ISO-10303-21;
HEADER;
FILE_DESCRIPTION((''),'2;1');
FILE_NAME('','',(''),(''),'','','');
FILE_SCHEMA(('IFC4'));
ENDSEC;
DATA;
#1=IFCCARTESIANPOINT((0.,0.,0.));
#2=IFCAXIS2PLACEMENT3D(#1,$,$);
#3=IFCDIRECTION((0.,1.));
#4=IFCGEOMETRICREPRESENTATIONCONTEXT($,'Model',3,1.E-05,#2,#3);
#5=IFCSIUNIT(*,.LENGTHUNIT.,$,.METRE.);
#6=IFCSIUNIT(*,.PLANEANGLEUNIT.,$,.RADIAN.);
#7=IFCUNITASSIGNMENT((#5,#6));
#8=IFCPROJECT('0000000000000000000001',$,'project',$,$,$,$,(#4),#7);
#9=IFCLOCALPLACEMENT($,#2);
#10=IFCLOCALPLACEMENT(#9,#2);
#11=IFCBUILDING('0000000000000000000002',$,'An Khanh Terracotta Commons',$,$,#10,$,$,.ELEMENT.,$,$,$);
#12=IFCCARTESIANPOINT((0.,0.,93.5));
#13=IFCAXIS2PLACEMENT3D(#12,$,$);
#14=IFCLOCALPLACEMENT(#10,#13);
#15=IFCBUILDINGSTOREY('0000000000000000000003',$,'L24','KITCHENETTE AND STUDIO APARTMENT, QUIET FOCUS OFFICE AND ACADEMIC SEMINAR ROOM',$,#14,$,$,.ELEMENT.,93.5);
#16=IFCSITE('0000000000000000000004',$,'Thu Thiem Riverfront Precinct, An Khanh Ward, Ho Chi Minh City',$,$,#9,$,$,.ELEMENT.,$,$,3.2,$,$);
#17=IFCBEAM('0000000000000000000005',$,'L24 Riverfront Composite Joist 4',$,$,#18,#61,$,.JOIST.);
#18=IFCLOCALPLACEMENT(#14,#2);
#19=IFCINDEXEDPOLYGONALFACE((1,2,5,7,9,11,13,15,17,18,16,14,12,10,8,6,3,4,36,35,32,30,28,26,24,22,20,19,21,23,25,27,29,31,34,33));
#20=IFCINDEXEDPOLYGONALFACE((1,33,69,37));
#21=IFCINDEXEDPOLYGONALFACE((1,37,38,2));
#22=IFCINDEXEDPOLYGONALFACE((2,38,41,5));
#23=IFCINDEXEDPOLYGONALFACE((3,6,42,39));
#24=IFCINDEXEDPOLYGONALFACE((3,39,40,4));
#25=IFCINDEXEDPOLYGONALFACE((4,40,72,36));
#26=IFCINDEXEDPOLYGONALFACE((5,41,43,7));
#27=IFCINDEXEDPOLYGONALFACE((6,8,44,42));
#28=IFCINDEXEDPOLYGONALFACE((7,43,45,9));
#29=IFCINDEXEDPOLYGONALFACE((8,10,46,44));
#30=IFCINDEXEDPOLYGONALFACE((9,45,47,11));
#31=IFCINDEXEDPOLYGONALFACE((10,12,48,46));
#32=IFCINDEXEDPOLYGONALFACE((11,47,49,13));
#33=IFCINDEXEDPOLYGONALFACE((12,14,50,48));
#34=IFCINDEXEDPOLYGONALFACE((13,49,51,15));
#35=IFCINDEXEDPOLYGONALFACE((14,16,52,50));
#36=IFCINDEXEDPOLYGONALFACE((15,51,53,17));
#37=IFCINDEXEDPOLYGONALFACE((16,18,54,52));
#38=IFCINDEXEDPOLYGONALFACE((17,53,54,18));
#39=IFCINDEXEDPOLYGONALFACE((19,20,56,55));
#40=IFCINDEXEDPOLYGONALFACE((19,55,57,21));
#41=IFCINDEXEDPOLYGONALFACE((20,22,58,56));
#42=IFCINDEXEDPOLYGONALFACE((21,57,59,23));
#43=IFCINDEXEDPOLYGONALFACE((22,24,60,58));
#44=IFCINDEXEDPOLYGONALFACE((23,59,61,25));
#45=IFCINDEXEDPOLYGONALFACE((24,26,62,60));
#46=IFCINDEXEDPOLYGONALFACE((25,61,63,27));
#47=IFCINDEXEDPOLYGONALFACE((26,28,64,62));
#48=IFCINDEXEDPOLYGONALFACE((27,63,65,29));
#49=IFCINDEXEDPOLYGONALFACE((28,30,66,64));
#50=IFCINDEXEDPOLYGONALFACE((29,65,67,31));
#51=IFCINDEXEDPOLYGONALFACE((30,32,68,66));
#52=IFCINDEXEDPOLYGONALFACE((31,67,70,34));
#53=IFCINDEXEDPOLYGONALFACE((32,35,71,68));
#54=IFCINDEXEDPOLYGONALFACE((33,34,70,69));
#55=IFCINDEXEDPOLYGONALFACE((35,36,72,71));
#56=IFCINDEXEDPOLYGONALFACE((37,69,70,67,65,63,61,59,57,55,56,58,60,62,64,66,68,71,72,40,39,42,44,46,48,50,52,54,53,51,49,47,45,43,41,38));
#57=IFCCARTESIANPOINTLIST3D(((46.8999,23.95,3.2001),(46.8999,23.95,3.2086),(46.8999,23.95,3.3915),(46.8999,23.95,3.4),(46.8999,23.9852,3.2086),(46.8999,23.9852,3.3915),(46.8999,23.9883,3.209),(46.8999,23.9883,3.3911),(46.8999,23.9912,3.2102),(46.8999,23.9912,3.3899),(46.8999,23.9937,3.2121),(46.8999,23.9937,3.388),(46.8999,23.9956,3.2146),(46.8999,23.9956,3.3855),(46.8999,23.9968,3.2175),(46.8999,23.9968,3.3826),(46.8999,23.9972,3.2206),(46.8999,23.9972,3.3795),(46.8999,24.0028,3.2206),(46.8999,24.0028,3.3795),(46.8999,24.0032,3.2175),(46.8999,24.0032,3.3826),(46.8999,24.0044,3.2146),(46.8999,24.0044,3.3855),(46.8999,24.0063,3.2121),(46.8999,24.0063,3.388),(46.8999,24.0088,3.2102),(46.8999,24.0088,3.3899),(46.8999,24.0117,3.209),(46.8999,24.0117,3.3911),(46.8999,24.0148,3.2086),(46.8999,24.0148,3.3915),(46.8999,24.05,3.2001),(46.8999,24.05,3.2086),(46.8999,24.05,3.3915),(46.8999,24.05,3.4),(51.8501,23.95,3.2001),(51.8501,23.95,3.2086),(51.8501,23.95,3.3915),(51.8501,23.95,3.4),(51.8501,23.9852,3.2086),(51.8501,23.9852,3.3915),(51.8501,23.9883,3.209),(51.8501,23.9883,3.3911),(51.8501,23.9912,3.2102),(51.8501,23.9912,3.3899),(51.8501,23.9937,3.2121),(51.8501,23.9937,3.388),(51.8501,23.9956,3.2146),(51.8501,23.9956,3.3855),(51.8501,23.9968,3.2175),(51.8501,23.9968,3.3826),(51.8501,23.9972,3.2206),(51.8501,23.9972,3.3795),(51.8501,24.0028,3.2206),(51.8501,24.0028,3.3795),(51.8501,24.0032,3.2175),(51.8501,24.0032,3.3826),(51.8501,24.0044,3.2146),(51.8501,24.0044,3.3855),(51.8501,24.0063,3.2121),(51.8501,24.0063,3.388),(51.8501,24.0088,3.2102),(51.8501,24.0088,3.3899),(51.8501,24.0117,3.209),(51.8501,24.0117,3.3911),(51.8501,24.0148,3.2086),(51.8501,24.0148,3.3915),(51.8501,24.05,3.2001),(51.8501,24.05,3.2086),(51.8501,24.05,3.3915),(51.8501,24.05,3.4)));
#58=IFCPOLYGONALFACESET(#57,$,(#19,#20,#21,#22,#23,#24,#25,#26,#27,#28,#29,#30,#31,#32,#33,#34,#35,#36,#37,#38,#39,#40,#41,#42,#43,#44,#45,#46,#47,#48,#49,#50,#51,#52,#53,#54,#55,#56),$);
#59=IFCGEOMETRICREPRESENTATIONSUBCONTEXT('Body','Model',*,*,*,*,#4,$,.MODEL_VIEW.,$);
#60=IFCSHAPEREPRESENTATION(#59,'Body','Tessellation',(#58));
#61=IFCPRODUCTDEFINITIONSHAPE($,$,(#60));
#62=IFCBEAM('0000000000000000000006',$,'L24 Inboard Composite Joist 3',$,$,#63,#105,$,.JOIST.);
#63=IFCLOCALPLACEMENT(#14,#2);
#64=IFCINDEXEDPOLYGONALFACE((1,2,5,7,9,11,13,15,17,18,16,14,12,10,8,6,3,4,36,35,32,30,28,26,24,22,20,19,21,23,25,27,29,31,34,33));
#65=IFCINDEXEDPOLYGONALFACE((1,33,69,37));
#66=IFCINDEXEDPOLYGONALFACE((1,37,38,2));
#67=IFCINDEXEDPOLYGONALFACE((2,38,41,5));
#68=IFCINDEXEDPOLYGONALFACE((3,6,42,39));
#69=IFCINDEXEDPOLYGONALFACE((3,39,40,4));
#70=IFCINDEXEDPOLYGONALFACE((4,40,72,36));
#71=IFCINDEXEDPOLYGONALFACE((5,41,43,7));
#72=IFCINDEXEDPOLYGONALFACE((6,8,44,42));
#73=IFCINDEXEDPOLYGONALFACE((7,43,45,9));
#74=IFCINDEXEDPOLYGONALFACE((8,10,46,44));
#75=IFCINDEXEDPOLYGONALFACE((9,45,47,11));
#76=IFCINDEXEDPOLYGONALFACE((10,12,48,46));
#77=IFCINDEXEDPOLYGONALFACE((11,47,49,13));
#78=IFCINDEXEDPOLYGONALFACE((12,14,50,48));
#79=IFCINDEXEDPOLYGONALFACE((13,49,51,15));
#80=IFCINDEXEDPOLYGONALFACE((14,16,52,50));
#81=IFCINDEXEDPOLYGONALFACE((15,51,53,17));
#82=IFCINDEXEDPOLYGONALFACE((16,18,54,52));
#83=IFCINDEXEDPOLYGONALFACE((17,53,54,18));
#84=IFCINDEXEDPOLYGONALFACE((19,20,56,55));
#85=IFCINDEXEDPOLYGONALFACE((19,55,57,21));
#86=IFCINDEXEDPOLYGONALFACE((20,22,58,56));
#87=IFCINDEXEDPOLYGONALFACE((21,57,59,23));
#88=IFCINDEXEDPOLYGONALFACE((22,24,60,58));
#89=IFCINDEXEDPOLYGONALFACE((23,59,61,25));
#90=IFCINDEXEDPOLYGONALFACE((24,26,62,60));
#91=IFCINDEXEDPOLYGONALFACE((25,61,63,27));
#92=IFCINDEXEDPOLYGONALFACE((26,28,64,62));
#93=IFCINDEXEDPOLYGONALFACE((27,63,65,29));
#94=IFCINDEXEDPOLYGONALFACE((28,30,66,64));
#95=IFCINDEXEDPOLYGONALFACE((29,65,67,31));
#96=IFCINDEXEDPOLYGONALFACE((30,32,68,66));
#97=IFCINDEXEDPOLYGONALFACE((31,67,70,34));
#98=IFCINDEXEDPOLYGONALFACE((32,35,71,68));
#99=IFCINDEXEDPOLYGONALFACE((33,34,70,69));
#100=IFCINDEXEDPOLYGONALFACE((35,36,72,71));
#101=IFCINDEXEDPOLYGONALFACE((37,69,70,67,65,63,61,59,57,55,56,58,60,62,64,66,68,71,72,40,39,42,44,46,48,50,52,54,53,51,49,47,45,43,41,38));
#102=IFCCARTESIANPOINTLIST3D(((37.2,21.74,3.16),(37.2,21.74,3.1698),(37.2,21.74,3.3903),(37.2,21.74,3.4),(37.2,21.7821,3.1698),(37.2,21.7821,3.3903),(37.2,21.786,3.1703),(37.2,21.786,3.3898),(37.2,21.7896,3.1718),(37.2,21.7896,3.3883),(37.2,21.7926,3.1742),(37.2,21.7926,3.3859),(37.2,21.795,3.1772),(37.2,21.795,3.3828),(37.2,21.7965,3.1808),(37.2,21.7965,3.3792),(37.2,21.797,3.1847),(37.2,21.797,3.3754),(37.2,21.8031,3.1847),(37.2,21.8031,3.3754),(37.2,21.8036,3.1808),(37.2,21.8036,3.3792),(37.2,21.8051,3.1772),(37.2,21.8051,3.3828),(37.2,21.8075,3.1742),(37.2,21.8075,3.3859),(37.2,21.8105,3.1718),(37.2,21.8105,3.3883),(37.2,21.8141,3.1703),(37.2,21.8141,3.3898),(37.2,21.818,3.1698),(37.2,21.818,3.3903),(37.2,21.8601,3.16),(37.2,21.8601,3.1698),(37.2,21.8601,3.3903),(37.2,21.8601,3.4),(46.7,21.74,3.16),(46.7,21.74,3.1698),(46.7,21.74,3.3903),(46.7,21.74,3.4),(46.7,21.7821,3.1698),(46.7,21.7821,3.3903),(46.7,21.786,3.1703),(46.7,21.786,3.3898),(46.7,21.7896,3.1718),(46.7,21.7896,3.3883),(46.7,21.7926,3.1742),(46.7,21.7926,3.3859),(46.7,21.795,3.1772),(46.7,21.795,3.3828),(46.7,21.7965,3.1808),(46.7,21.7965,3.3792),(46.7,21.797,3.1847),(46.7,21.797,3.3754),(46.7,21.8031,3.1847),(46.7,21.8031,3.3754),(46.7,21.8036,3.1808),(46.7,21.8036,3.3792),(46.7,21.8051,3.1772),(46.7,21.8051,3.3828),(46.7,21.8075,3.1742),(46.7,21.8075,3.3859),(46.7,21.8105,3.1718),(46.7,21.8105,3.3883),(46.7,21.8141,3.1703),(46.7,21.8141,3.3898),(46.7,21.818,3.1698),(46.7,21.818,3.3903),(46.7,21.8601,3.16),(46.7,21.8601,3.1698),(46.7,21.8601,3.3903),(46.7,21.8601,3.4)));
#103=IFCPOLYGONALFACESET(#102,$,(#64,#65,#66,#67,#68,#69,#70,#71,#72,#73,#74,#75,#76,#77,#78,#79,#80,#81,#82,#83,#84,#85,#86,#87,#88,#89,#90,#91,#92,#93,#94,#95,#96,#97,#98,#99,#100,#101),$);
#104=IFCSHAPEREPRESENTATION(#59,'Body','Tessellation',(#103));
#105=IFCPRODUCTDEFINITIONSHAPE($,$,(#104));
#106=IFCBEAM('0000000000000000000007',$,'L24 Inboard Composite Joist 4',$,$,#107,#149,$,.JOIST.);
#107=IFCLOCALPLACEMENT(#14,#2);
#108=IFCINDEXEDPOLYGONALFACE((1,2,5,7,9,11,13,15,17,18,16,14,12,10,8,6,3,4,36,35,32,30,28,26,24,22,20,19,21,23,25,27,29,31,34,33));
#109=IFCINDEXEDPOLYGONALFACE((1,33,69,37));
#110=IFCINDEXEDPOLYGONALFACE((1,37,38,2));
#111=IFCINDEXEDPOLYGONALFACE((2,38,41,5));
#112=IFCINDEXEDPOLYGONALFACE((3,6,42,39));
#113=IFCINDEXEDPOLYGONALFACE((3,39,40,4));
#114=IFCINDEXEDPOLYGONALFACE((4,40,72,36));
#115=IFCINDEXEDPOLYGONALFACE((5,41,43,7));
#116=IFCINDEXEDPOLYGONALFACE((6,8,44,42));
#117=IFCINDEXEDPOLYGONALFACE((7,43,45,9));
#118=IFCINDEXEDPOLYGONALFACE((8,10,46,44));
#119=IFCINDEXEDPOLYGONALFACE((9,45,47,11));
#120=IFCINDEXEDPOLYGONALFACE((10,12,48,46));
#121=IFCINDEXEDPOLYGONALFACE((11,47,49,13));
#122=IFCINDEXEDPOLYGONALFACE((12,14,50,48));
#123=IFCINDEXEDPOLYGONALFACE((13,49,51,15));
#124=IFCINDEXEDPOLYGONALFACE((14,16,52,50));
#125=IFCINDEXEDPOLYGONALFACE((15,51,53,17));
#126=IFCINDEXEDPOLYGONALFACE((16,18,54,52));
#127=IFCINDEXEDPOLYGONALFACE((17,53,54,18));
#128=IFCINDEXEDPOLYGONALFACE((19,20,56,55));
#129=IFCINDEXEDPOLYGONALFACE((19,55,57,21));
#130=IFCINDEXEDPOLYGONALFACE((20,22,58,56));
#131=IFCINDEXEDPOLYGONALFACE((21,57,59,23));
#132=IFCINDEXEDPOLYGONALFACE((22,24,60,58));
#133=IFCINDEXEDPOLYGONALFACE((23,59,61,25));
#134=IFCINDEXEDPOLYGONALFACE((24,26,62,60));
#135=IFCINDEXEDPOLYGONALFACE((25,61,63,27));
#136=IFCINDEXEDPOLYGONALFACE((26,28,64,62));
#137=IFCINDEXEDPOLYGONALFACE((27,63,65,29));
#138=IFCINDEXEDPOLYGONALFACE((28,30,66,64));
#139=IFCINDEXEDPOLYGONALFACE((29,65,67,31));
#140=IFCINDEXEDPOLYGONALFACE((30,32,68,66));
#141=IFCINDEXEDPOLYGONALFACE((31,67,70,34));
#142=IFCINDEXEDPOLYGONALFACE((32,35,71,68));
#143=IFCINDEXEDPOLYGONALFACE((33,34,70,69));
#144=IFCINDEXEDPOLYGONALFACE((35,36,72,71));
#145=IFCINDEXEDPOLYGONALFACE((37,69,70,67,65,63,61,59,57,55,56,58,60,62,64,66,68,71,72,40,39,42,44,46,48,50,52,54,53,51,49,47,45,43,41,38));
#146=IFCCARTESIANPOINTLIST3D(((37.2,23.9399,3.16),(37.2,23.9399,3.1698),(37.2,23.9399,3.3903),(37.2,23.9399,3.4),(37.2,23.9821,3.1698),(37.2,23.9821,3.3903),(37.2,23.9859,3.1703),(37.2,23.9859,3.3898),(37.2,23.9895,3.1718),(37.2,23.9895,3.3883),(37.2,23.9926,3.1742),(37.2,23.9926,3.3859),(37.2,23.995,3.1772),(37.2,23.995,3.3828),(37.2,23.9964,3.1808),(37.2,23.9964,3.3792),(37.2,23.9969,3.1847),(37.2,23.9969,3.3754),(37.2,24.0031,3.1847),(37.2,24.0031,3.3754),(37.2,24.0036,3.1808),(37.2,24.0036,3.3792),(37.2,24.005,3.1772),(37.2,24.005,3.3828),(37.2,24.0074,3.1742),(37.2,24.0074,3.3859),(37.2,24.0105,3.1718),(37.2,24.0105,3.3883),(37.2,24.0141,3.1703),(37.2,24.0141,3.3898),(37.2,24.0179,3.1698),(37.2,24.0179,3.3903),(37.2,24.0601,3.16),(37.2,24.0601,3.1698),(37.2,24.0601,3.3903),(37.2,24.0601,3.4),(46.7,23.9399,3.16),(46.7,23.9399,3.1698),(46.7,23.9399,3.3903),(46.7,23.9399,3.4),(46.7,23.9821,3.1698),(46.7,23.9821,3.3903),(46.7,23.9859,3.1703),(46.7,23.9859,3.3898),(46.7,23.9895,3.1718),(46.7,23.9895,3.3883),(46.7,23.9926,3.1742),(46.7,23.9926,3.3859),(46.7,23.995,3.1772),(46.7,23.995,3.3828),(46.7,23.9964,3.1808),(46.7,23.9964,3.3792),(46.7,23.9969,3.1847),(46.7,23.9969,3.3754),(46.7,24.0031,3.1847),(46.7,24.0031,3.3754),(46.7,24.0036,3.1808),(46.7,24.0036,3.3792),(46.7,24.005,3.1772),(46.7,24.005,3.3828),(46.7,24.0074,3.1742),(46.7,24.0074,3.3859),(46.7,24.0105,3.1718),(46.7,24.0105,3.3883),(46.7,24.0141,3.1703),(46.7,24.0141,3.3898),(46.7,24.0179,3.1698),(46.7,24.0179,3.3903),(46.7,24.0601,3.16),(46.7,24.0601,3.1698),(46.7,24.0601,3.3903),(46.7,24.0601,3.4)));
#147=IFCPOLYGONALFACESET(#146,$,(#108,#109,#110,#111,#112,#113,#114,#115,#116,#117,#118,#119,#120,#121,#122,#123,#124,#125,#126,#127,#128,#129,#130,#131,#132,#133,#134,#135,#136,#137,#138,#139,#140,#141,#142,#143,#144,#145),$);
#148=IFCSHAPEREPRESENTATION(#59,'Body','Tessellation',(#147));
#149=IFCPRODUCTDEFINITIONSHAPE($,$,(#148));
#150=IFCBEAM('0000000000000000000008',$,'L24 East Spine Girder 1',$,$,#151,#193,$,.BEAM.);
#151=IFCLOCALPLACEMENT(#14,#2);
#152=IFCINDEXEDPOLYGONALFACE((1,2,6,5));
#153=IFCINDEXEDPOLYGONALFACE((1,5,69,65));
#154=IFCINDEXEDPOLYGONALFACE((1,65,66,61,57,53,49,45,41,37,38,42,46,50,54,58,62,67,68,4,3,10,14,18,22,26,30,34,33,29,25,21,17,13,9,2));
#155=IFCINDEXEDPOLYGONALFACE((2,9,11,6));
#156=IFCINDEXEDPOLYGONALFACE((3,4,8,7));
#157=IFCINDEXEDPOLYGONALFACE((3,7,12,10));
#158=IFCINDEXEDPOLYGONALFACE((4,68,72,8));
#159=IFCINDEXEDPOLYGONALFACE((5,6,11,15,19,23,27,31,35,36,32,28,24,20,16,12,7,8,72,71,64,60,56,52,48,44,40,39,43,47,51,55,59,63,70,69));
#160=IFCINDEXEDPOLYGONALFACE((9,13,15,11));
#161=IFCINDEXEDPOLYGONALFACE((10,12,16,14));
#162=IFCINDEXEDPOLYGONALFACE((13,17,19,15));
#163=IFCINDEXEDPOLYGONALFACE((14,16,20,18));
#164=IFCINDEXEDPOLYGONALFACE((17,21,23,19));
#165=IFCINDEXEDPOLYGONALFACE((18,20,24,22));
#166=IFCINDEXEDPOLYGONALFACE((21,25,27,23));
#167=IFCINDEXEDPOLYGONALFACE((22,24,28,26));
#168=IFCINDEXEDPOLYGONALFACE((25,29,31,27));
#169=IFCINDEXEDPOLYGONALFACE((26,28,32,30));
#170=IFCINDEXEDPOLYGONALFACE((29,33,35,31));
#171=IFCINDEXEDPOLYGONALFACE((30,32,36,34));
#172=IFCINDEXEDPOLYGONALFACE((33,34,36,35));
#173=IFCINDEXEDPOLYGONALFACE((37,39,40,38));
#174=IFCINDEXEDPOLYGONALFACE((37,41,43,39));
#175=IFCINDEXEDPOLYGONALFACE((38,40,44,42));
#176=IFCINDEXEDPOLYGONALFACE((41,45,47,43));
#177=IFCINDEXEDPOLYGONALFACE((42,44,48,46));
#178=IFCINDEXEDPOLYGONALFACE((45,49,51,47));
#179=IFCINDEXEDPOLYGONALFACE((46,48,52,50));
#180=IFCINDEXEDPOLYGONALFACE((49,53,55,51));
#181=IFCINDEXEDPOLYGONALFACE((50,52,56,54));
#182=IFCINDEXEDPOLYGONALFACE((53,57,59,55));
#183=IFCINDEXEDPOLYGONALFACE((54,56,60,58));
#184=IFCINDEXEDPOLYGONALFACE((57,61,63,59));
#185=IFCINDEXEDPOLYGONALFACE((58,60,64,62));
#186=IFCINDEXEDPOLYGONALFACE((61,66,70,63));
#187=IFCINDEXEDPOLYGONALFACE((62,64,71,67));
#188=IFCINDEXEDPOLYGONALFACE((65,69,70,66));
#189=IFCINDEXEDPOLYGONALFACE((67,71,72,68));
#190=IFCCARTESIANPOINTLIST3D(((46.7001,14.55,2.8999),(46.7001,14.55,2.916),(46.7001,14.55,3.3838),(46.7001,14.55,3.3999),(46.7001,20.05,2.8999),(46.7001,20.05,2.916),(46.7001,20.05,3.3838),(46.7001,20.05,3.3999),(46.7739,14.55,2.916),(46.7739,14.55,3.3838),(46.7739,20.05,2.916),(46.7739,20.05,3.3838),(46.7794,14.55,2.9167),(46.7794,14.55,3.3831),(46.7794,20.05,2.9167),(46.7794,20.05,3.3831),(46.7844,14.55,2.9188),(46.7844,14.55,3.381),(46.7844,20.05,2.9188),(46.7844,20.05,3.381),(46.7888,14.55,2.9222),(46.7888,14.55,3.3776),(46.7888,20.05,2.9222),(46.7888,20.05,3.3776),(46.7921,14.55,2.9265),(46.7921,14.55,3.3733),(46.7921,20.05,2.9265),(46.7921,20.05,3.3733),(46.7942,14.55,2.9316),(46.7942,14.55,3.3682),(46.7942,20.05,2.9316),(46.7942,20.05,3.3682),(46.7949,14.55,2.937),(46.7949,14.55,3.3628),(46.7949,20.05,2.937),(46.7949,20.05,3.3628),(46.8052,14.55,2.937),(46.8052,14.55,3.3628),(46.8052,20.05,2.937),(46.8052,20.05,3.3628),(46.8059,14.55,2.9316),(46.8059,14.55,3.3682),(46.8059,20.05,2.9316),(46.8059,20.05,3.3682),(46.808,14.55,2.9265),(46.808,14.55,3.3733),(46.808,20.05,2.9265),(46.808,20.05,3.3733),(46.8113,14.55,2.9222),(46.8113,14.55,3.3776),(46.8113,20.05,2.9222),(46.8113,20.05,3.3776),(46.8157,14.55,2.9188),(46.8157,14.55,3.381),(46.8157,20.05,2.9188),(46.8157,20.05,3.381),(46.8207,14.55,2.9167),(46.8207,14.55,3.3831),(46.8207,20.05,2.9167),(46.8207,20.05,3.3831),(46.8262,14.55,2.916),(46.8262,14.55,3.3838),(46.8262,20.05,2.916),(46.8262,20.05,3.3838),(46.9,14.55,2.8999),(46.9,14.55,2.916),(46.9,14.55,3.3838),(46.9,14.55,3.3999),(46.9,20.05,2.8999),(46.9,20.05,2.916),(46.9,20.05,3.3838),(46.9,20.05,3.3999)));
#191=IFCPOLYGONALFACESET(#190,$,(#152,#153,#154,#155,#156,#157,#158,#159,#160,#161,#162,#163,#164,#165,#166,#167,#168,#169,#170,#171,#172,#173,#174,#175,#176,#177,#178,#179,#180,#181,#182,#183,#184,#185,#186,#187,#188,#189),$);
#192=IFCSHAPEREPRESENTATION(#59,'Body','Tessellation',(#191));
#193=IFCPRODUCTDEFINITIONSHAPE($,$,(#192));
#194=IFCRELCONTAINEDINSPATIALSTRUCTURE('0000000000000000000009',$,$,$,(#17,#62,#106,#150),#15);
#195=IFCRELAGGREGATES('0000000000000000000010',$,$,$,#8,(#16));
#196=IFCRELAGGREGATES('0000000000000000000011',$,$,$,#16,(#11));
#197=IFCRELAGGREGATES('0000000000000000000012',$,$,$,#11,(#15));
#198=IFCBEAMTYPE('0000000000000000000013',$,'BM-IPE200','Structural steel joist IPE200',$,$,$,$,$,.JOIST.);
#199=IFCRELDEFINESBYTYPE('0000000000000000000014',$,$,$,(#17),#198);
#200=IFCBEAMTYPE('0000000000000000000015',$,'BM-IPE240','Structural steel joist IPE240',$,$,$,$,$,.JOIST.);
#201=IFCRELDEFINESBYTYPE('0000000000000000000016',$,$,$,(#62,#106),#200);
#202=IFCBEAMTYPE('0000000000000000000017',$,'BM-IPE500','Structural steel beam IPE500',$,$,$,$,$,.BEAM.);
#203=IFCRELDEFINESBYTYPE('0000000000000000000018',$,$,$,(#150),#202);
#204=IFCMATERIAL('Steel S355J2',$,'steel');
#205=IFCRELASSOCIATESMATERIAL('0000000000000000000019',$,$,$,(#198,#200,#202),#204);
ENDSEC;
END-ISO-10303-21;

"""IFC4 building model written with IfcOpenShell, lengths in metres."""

from ifc_helpers import new_model, si_unit, direction, frame, origin, origin_2d, place, context, subcontext, project, spatial, i_section, extrude, material, material_profile, profile_set, type_object, element, save


model = new_model("IFC4")

# Units and contexts
model_context = context("Model", 3, precision=1e-05, world=origin(), true_north=direction((0.0, 1.0)))
body_context = subcontext(model_context, "Body", "Model", "MODEL_VIEW")
ifc_project = project(units=[si_unit("LENGTHUNIT", "METRE"), si_unit("PLANEANGLEUNIT", "RADIAN")], contexts=[model_context])

# Site, building, storey
site_placement = place(None, origin())
site = spatial("IfcSite", under=ifc_project, at=site_placement, Name="Thu Thiem Riverfront Precinct, An Khanh Ward, Ho Chi Minh City", CompositionType="ELEMENT", RefElevation=3.2)
building_placement = place(site_placement, origin())
building = spatial("IfcBuilding", under=site, at=building_placement, Name="An Khanh Terracotta Commons", CompositionType="ELEMENT")
storey_placement = place(building_placement, frame((0.0, 0.0, 93.5)))
storey = spatial("IfcBuildingStorey", under=building, at=storey_placement, Name="L24", Description="KITCHENETTE AND STUDIO APARTMENT, QUIET FOCUS OFFICE AND ACADEMIC SEMINAR ROOM", CompositionType="ELEMENT", Elevation=93.5)

# Beams
ifc_material_1 = material(Name="Steel S355J2", Category="steel")
ifc_material_profile_1 = material_profile(ifc_material_1, i_section(OverallWidth=0.1001, OverallDepth=0.2, WebThickness=0.0056, FlangeThickness=0.0085, FilletRadius=0.012, at=origin_2d()), Name="IPE200")
ifc_profile_set_1 = profile_set([ifc_material_profile_1], Name="Steel S355J2")
beam_type_1 = type_object("IfcBeamType", Name="BM-IPE200", Description="Structural steel joist IPE200", PredefinedType="JOIST", material=ifc_profile_set_1)
for number, where, z_axis, x_axis, name in (
    (1, (46.8999, 24.0, 3.3), (1.0, 0.0, 0.0), (0.0, 1.0, 0.0), "L24 Riverfront Composite Joist 4"),
):
    element("IfcBeam", number, at=place(storey_placement, frame(where, z_axis=z_axis, x_axis=x_axis)), inside=storey, type_object=beam_type_1, Name=name, PredefinedType="JOIST", context=body_context, shape_type="SweptSolid", body=[
        extrude(i_section(OverallWidth=0.1001, OverallDepth=0.2, WebThickness=0.0056, FlangeThickness=0.0085, FilletRadius=0.012, at=origin_2d()), origin(), (0.0, 0.0, 1.0), 4.9502),
    ])
ifc_material_profile_2 = material_profile(ifc_material_1, i_section(OverallWidth=0.1201, OverallDepth=0.24, WebThickness=0.0061, FlangeThickness=0.0098, FilletRadius=0.0149, at=origin_2d()), Name="IPE240")
ifc_profile_set_2 = profile_set([ifc_material_profile_2], Name="Steel S355J2")
beam_type_2 = type_object("IfcBeamType", Name="BM-IPE240", Description="Structural steel joist IPE240", PredefinedType="JOIST", material=ifc_profile_set_2)
for number, where, z_axis, x_axis, name in (
    (2, (37.2, 21.8, 3.28), (1.0, 0.0, 0.0), (0.0, 1.0, 0.0), "L24 Inboard Composite Joist 3"),
    (3, (37.2, 24.0, 3.28), (1.0, 0.0, 0.0), (0.0, 1.0, 0.0), "L24 Inboard Composite Joist 4"),
):
    element("IfcBeam", number, at=place(storey_placement, frame(where, z_axis=z_axis, x_axis=x_axis)), inside=storey, type_object=beam_type_2, Name=name, PredefinedType="JOIST", context=body_context, shape_type="SweptSolid", body=[
        extrude(i_section(OverallWidth=0.1201, OverallDepth=0.24, WebThickness=0.0061, FlangeThickness=0.0098, FilletRadius=0.0149, at=origin_2d()), origin(), (0.0, 0.0, 1.0), 9.5),
    ])
ifc_material_profile_3 = material_profile(ifc_material_1, i_section(OverallWidth=0.2, OverallDepth=0.5, WebThickness=0.0103, FlangeThickness=0.0161, FilletRadius=0.021, at=origin_2d()), Name="IPE500")
ifc_profile_set_3 = profile_set([ifc_material_profile_3], Name="Steel S355J2")
beam_type_3 = type_object("IfcBeamType", Name="BM-IPE500", Description="Structural steel beam IPE500", PredefinedType="BEAM", material=ifc_profile_set_3)
beam_1_placement = place(storey_placement, frame((46.8, 14.55, 3.1499), z_axis=(0.0, 1.0, 0.0), x_axis=(-1.0, 0.0, 0.0)))
element("IfcBeam", 4, at=beam_1_placement, inside=storey, type_object=beam_type_3, Name="L24 East Spine Girder 1", PredefinedType="BEAM", context=body_context, shape_type="SweptSolid", body=[
    extrude(i_section(OverallWidth=0.2, OverallDepth=0.5, WebThickness=0.0103, FlangeThickness=0.0161, FilletRadius=0.021, at=origin_2d()), origin(), (0.0, 0.0, 1.0), 5.5),
])

save(model, "model.ifc")
